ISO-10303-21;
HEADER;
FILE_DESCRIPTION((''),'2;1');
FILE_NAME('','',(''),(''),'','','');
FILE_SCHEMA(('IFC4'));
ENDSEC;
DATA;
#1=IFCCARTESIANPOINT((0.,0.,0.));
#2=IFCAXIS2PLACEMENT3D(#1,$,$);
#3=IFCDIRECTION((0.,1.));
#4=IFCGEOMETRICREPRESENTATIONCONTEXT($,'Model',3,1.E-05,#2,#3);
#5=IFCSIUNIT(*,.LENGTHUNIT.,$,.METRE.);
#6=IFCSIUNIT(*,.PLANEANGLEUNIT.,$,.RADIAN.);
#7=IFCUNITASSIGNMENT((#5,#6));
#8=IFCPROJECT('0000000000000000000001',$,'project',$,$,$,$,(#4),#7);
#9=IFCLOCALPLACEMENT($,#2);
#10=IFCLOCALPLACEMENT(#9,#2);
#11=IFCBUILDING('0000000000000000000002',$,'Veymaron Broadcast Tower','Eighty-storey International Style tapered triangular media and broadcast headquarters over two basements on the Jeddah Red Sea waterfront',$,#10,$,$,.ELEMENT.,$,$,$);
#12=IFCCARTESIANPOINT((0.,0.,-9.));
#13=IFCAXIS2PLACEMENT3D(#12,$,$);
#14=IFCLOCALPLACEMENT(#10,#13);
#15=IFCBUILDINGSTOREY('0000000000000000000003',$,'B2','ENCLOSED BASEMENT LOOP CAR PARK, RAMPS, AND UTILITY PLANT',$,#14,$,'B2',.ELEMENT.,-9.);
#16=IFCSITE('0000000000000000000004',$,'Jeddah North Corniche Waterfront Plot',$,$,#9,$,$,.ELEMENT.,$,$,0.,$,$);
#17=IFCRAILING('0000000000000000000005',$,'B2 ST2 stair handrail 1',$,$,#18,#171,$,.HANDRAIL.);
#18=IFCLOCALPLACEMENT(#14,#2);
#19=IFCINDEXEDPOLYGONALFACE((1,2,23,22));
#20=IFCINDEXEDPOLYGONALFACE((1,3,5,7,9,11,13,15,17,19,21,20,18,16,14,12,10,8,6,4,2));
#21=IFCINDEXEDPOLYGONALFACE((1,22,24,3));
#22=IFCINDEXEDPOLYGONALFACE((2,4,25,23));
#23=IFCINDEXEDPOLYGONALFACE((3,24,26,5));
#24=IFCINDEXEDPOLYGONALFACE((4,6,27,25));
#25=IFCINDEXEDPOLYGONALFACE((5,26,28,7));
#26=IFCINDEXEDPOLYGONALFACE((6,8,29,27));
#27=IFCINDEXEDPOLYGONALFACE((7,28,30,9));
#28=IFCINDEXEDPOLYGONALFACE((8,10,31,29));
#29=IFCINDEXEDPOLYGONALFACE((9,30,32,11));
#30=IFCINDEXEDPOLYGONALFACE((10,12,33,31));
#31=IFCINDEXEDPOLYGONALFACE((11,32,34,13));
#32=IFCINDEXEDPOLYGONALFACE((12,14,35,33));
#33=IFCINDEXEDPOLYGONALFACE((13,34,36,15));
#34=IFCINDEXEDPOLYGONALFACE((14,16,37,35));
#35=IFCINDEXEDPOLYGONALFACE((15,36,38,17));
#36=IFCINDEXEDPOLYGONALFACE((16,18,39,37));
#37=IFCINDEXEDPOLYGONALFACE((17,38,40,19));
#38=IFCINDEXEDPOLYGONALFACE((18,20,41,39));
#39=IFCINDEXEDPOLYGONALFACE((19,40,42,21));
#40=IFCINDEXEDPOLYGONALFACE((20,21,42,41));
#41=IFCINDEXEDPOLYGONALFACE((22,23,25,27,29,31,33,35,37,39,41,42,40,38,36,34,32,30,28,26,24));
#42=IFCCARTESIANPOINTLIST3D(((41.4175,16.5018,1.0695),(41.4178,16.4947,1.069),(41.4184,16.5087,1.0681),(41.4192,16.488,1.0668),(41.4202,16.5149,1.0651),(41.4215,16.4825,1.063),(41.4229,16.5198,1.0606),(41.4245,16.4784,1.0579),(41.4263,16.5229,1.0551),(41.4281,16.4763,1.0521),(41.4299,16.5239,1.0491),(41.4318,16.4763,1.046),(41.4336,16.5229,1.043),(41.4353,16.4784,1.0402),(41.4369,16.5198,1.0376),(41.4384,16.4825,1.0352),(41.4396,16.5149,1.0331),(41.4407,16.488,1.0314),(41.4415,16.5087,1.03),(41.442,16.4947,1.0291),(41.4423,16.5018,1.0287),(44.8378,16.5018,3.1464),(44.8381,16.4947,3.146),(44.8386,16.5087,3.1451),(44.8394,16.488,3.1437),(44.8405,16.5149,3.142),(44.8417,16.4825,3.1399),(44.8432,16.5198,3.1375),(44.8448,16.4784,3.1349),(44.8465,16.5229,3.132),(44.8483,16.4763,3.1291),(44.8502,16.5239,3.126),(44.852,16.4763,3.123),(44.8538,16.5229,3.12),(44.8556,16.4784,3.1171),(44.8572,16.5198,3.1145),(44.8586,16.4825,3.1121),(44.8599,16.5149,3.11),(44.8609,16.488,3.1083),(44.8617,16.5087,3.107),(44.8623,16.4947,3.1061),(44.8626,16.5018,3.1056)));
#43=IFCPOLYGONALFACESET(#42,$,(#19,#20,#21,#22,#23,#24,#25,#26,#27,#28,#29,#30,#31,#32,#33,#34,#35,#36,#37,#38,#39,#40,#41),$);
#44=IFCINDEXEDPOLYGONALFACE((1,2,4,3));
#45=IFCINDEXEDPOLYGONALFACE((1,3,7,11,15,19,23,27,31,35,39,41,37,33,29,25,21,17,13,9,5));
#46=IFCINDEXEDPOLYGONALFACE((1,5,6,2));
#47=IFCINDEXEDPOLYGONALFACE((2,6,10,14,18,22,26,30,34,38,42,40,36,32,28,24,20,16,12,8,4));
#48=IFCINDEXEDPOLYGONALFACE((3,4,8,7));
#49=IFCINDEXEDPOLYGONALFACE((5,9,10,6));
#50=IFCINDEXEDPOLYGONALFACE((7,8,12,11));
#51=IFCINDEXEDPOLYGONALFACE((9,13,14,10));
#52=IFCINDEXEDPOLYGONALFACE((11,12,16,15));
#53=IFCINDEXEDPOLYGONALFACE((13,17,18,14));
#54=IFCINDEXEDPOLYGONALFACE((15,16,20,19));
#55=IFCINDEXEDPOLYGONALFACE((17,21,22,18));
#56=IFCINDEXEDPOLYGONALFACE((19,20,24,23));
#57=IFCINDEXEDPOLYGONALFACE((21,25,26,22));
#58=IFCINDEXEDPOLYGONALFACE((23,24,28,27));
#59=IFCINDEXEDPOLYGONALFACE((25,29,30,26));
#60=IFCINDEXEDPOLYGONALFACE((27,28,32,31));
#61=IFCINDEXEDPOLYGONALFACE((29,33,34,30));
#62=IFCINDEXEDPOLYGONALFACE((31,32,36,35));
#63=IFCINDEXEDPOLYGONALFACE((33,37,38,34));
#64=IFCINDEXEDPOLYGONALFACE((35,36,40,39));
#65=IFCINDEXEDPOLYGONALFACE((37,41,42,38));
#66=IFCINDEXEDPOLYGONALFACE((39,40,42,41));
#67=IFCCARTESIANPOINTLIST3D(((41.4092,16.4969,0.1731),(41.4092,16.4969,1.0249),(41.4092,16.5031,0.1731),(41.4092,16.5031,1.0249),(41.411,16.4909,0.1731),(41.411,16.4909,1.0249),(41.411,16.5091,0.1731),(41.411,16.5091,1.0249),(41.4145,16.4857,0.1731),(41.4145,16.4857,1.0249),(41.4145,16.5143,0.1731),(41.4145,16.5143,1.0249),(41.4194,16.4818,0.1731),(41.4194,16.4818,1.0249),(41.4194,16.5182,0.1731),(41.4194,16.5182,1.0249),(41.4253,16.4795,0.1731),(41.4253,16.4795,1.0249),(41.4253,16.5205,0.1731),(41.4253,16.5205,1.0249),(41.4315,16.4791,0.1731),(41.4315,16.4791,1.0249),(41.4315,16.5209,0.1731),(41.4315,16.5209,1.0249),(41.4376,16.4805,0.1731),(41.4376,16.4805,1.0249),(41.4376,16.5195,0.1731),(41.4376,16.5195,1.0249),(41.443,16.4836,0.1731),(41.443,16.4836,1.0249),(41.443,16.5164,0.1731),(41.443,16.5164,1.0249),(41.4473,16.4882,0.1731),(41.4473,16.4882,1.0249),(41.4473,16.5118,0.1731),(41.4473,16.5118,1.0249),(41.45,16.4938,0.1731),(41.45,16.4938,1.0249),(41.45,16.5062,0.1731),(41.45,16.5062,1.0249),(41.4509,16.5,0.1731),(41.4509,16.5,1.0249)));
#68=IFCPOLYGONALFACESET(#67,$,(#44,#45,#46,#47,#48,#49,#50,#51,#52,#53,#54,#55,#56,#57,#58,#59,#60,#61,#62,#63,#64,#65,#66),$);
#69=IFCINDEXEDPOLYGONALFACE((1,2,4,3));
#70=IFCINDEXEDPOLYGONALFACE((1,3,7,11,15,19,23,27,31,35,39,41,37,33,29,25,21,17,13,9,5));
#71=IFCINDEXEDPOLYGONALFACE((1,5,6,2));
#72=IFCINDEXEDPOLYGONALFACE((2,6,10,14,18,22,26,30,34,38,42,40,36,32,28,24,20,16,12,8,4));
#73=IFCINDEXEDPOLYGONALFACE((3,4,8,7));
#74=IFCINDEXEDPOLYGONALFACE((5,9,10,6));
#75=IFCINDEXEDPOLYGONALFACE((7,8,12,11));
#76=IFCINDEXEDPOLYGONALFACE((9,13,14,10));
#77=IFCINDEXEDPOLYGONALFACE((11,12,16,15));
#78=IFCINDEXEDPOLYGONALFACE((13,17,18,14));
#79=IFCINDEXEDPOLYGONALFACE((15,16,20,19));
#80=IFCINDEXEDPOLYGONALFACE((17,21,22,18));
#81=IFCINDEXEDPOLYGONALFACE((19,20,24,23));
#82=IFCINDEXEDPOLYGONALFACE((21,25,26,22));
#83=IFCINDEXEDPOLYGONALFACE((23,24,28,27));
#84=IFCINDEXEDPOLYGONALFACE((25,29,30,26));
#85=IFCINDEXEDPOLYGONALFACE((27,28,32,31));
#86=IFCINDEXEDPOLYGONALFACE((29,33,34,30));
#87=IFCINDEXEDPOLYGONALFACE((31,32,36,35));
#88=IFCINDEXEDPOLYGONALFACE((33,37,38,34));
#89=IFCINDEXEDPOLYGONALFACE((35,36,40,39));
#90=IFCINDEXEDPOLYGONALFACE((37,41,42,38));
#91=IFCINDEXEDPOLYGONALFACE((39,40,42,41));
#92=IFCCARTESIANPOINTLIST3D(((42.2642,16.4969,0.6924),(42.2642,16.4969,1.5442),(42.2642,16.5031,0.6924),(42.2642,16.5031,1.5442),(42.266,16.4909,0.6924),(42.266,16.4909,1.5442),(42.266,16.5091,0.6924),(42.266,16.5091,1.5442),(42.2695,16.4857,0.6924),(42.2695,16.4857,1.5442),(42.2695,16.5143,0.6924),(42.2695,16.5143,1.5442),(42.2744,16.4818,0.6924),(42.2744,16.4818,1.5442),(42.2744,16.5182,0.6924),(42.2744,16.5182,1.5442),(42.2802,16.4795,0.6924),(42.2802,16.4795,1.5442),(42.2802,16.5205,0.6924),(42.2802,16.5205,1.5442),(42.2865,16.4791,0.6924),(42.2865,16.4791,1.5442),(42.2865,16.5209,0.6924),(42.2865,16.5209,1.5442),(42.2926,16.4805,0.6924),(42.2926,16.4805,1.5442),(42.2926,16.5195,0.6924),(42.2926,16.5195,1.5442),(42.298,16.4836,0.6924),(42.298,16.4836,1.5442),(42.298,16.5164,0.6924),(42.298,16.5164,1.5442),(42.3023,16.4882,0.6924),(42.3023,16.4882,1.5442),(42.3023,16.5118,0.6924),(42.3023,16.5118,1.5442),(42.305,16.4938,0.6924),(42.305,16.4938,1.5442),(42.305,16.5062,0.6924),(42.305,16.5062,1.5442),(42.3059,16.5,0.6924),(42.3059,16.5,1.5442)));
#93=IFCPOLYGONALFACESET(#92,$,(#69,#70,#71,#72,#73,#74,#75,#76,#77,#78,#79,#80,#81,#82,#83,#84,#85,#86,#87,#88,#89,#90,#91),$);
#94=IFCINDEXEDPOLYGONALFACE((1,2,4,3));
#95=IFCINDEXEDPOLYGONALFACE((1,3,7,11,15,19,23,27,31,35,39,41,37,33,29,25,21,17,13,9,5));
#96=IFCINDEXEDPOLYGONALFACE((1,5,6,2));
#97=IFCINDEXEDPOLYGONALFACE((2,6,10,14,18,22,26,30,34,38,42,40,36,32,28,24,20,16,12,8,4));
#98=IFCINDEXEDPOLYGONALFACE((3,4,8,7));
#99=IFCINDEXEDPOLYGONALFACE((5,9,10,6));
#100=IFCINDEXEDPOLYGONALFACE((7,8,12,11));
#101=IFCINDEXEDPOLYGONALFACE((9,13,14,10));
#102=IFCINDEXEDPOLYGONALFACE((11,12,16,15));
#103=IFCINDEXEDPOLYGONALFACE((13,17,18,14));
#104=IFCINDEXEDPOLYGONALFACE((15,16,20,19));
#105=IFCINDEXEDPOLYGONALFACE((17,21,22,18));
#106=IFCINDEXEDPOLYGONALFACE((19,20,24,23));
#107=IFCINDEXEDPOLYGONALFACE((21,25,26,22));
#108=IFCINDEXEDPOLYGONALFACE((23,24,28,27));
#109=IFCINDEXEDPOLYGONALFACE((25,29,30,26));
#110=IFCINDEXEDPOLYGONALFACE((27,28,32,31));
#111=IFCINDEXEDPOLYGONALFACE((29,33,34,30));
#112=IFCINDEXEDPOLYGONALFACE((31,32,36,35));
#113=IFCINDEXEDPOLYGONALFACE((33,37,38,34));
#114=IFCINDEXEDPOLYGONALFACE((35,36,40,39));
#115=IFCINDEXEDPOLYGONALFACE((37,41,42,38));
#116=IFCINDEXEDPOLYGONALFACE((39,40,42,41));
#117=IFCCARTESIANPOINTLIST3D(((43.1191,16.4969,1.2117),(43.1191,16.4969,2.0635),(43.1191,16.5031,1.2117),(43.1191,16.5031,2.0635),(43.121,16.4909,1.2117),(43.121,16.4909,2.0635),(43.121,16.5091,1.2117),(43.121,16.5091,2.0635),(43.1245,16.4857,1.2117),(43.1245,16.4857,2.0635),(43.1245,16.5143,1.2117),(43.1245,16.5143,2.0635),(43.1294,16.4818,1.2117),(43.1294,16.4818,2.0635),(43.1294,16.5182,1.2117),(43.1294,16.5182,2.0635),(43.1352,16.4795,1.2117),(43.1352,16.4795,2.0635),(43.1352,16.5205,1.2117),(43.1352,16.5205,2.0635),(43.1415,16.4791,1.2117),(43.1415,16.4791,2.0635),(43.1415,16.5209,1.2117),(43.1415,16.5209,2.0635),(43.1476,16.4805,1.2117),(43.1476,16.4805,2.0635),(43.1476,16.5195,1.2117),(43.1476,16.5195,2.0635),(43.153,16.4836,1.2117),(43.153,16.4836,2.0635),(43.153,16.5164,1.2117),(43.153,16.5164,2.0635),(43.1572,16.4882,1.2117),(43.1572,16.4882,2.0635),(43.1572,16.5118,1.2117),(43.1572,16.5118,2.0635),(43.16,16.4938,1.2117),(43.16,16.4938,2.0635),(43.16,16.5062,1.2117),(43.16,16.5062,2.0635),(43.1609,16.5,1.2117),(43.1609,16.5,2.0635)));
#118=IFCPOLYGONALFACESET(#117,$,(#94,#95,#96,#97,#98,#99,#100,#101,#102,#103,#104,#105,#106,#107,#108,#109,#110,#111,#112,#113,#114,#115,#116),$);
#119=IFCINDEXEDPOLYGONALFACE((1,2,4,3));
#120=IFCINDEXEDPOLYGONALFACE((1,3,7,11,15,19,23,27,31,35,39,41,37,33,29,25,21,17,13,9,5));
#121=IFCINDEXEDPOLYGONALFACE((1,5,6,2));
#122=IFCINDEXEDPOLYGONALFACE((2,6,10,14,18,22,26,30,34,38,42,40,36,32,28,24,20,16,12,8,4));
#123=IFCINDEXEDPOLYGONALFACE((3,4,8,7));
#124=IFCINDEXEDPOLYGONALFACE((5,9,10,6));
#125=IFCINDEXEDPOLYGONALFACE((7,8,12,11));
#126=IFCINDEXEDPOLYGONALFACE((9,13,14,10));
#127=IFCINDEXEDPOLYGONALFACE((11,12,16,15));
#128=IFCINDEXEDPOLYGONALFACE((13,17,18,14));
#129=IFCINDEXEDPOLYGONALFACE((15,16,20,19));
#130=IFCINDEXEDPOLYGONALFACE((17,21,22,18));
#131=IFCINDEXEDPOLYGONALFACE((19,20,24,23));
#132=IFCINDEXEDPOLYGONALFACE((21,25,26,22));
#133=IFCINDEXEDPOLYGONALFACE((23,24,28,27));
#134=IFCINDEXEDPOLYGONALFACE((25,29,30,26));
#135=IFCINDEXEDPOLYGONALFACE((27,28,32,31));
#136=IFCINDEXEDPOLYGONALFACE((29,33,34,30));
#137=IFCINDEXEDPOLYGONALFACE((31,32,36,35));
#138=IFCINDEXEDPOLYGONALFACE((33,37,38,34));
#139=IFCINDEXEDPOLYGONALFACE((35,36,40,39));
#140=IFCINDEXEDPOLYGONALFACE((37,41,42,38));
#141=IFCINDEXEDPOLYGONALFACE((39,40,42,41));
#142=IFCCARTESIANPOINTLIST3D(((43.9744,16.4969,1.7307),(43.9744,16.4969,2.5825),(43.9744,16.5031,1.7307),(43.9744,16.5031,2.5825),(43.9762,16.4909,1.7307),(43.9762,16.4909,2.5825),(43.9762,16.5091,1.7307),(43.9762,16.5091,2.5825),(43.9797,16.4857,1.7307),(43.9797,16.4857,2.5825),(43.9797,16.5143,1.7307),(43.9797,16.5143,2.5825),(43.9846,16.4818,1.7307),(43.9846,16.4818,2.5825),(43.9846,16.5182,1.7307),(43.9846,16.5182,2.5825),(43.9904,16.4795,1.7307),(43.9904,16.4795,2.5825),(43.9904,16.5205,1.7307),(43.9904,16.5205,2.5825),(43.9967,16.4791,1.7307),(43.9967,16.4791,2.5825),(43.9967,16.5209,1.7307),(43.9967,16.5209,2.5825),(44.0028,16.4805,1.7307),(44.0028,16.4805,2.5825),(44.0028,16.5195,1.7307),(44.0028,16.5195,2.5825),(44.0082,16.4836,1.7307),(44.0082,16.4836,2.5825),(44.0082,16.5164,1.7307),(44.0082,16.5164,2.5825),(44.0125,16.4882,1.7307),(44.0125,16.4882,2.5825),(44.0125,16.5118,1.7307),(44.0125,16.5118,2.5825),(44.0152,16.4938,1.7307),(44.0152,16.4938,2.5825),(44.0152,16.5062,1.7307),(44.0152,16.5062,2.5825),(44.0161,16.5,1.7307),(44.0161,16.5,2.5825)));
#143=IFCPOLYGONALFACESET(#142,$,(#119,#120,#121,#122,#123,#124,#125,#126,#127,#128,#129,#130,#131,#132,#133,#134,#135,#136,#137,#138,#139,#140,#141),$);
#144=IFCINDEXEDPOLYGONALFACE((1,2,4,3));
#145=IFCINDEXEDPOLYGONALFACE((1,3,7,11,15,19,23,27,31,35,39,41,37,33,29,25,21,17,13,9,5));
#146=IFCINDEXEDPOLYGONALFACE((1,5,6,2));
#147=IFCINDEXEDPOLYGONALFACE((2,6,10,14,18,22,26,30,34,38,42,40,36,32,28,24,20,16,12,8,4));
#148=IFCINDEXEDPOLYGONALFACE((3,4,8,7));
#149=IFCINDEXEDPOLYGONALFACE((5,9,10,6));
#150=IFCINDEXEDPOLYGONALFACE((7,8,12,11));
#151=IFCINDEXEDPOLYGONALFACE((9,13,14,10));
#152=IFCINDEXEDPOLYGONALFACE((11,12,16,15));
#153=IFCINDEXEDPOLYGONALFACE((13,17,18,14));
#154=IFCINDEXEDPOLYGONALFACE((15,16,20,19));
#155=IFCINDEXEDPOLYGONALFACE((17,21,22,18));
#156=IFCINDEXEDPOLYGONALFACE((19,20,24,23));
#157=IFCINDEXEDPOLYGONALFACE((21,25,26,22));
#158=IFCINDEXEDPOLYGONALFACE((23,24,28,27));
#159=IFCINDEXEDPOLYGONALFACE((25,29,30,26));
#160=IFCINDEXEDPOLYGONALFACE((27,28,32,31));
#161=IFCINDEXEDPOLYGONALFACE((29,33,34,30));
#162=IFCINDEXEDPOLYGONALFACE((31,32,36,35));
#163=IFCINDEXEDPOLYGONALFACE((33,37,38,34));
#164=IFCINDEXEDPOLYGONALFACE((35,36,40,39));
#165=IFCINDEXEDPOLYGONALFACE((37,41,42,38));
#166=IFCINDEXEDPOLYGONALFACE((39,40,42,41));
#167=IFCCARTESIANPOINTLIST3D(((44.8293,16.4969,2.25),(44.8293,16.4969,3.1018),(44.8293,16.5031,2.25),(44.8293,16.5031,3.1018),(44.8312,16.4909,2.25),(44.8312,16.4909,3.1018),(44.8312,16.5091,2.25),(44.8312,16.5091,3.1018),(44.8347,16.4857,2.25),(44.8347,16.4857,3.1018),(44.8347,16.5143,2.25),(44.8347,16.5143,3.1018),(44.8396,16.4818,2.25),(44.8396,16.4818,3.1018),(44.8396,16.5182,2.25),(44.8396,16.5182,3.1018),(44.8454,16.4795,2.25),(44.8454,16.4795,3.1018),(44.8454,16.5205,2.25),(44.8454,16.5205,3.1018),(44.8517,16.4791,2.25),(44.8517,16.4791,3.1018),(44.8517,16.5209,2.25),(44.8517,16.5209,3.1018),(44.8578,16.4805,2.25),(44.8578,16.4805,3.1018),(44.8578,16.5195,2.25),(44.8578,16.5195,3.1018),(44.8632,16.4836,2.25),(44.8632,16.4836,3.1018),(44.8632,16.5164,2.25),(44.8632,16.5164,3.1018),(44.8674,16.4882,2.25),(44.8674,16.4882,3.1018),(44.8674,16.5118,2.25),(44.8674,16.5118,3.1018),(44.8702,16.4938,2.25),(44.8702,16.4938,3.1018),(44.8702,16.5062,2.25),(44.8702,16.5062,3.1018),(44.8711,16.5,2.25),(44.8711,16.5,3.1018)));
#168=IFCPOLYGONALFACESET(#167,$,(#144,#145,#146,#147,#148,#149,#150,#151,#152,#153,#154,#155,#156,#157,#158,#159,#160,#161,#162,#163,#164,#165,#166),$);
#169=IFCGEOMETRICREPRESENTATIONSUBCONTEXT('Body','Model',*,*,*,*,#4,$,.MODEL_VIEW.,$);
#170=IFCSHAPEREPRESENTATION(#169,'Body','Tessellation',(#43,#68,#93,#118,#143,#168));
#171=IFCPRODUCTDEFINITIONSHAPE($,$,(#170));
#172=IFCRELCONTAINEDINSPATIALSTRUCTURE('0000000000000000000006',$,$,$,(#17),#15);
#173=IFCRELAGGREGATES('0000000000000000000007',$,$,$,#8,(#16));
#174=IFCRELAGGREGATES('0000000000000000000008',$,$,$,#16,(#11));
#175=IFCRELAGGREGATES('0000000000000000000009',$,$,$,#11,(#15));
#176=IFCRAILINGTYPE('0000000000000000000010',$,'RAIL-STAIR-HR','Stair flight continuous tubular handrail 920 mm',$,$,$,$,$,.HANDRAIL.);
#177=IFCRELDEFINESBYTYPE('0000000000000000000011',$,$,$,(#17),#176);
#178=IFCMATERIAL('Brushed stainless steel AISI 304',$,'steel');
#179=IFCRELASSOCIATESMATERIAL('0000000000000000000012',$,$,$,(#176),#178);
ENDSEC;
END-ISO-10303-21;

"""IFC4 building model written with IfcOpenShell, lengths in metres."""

from ifc_helpers import new_model, si_unit, direction, frame, origin, origin_2d, place, context, subcontext, project, spatial, circle, extrude, material, type_object, element, save


model = new_model("IFC4")

# Units and contexts
model_context = context("Model", 3, precision=1e-05, world=origin(), true_north=direction((0.0, 1.0)))
body_context = subcontext(model_context, "Body", "Model", "MODEL_VIEW")
ifc_project = project(units=[si_unit("LENGTHUNIT", "METRE"), si_unit("PLANEANGLEUNIT", "RADIAN")], contexts=[model_context])

# Site, building, storey
site_placement = place(None, origin())
site = spatial("IfcSite", under=ifc_project, at=site_placement, Name="Jeddah North Corniche Waterfront Plot", CompositionType="ELEMENT", RefElevation=0.0)
building_placement = place(site_placement, origin())
building = spatial("IfcBuilding", under=site, at=building_placement, Name="Veymaron Broadcast Tower", Description="Eighty-storey International Style tapered triangular media and broadcast headquarters over two basements on the Jeddah Red Sea waterfront", CompositionType="ELEMENT")
storey_placement = place(building_placement, frame((0.0, 0.0, -9.0)))
storey = spatial("IfcBuildingStorey", under=building, at=storey_placement, Name="B2", Description="ENCLOSED BASEMENT LOOP CAR PARK, RAMPS, AND UTILITY PLANT", LongName="B2", CompositionType="ELEMENT", Elevation=-9.0)

# Shared definitions
ifc_material_1 = material(Name="Brushed stainless steel AISI 304", Category="steel")

# Railing
railing_type_1 = type_object("IfcRailingType", Name="RAIL-STAIR-HR", Description="Stair flight continuous tubular handrail 920 mm", PredefinedType="HANDRAIL", material=ifc_material_1)
railing_1_placement = place(storey_placement, frame((41.4299, 16.5, 0.1731)))
element("IfcRailing", 1, at=railing_1_placement, inside=storey, type_object=railing_type_1, Name="B2 ST2 stair handrail 1", PredefinedType="HANDRAIL", context=body_context, shape_type="SweptSolid", body=[
    extrude(circle(Radius=0.0239, at=origin_2d()), frame((0.0, 0.0, 0.876), z_axis=(0.854746, 0.0, 0.519047), x_axis=(0.0, 1.0, 0.0)), (0.0, 0.0, 1.0), 4.0015),
    extrude(circle(Radius=0.021, at=origin_2d()), origin(), (0.0, 0.0, 1.0), 0.8518),
    extrude(circle(Radius=0.021, at=origin_2d()), frame((0.855, 0.0, 0.5193)), (0.0, 0.0, 1.0), 0.8518),
    extrude(circle(Radius=0.021, at=origin_2d()), frame((1.71, 0.0, 1.0386)), (0.0, 0.0, 1.0), 0.8518),
    extrude(circle(Radius=0.021, at=origin_2d()), frame((2.5652, 0.0, 1.5576)), (0.0, 0.0, 1.0), 0.8518),
    extrude(circle(Radius=0.021, at=origin_2d()), frame((3.4202, 0.0, 2.0769)), (0.0, 0.0, 1.0), 0.8518),
])

save(model, "model.ifc")
